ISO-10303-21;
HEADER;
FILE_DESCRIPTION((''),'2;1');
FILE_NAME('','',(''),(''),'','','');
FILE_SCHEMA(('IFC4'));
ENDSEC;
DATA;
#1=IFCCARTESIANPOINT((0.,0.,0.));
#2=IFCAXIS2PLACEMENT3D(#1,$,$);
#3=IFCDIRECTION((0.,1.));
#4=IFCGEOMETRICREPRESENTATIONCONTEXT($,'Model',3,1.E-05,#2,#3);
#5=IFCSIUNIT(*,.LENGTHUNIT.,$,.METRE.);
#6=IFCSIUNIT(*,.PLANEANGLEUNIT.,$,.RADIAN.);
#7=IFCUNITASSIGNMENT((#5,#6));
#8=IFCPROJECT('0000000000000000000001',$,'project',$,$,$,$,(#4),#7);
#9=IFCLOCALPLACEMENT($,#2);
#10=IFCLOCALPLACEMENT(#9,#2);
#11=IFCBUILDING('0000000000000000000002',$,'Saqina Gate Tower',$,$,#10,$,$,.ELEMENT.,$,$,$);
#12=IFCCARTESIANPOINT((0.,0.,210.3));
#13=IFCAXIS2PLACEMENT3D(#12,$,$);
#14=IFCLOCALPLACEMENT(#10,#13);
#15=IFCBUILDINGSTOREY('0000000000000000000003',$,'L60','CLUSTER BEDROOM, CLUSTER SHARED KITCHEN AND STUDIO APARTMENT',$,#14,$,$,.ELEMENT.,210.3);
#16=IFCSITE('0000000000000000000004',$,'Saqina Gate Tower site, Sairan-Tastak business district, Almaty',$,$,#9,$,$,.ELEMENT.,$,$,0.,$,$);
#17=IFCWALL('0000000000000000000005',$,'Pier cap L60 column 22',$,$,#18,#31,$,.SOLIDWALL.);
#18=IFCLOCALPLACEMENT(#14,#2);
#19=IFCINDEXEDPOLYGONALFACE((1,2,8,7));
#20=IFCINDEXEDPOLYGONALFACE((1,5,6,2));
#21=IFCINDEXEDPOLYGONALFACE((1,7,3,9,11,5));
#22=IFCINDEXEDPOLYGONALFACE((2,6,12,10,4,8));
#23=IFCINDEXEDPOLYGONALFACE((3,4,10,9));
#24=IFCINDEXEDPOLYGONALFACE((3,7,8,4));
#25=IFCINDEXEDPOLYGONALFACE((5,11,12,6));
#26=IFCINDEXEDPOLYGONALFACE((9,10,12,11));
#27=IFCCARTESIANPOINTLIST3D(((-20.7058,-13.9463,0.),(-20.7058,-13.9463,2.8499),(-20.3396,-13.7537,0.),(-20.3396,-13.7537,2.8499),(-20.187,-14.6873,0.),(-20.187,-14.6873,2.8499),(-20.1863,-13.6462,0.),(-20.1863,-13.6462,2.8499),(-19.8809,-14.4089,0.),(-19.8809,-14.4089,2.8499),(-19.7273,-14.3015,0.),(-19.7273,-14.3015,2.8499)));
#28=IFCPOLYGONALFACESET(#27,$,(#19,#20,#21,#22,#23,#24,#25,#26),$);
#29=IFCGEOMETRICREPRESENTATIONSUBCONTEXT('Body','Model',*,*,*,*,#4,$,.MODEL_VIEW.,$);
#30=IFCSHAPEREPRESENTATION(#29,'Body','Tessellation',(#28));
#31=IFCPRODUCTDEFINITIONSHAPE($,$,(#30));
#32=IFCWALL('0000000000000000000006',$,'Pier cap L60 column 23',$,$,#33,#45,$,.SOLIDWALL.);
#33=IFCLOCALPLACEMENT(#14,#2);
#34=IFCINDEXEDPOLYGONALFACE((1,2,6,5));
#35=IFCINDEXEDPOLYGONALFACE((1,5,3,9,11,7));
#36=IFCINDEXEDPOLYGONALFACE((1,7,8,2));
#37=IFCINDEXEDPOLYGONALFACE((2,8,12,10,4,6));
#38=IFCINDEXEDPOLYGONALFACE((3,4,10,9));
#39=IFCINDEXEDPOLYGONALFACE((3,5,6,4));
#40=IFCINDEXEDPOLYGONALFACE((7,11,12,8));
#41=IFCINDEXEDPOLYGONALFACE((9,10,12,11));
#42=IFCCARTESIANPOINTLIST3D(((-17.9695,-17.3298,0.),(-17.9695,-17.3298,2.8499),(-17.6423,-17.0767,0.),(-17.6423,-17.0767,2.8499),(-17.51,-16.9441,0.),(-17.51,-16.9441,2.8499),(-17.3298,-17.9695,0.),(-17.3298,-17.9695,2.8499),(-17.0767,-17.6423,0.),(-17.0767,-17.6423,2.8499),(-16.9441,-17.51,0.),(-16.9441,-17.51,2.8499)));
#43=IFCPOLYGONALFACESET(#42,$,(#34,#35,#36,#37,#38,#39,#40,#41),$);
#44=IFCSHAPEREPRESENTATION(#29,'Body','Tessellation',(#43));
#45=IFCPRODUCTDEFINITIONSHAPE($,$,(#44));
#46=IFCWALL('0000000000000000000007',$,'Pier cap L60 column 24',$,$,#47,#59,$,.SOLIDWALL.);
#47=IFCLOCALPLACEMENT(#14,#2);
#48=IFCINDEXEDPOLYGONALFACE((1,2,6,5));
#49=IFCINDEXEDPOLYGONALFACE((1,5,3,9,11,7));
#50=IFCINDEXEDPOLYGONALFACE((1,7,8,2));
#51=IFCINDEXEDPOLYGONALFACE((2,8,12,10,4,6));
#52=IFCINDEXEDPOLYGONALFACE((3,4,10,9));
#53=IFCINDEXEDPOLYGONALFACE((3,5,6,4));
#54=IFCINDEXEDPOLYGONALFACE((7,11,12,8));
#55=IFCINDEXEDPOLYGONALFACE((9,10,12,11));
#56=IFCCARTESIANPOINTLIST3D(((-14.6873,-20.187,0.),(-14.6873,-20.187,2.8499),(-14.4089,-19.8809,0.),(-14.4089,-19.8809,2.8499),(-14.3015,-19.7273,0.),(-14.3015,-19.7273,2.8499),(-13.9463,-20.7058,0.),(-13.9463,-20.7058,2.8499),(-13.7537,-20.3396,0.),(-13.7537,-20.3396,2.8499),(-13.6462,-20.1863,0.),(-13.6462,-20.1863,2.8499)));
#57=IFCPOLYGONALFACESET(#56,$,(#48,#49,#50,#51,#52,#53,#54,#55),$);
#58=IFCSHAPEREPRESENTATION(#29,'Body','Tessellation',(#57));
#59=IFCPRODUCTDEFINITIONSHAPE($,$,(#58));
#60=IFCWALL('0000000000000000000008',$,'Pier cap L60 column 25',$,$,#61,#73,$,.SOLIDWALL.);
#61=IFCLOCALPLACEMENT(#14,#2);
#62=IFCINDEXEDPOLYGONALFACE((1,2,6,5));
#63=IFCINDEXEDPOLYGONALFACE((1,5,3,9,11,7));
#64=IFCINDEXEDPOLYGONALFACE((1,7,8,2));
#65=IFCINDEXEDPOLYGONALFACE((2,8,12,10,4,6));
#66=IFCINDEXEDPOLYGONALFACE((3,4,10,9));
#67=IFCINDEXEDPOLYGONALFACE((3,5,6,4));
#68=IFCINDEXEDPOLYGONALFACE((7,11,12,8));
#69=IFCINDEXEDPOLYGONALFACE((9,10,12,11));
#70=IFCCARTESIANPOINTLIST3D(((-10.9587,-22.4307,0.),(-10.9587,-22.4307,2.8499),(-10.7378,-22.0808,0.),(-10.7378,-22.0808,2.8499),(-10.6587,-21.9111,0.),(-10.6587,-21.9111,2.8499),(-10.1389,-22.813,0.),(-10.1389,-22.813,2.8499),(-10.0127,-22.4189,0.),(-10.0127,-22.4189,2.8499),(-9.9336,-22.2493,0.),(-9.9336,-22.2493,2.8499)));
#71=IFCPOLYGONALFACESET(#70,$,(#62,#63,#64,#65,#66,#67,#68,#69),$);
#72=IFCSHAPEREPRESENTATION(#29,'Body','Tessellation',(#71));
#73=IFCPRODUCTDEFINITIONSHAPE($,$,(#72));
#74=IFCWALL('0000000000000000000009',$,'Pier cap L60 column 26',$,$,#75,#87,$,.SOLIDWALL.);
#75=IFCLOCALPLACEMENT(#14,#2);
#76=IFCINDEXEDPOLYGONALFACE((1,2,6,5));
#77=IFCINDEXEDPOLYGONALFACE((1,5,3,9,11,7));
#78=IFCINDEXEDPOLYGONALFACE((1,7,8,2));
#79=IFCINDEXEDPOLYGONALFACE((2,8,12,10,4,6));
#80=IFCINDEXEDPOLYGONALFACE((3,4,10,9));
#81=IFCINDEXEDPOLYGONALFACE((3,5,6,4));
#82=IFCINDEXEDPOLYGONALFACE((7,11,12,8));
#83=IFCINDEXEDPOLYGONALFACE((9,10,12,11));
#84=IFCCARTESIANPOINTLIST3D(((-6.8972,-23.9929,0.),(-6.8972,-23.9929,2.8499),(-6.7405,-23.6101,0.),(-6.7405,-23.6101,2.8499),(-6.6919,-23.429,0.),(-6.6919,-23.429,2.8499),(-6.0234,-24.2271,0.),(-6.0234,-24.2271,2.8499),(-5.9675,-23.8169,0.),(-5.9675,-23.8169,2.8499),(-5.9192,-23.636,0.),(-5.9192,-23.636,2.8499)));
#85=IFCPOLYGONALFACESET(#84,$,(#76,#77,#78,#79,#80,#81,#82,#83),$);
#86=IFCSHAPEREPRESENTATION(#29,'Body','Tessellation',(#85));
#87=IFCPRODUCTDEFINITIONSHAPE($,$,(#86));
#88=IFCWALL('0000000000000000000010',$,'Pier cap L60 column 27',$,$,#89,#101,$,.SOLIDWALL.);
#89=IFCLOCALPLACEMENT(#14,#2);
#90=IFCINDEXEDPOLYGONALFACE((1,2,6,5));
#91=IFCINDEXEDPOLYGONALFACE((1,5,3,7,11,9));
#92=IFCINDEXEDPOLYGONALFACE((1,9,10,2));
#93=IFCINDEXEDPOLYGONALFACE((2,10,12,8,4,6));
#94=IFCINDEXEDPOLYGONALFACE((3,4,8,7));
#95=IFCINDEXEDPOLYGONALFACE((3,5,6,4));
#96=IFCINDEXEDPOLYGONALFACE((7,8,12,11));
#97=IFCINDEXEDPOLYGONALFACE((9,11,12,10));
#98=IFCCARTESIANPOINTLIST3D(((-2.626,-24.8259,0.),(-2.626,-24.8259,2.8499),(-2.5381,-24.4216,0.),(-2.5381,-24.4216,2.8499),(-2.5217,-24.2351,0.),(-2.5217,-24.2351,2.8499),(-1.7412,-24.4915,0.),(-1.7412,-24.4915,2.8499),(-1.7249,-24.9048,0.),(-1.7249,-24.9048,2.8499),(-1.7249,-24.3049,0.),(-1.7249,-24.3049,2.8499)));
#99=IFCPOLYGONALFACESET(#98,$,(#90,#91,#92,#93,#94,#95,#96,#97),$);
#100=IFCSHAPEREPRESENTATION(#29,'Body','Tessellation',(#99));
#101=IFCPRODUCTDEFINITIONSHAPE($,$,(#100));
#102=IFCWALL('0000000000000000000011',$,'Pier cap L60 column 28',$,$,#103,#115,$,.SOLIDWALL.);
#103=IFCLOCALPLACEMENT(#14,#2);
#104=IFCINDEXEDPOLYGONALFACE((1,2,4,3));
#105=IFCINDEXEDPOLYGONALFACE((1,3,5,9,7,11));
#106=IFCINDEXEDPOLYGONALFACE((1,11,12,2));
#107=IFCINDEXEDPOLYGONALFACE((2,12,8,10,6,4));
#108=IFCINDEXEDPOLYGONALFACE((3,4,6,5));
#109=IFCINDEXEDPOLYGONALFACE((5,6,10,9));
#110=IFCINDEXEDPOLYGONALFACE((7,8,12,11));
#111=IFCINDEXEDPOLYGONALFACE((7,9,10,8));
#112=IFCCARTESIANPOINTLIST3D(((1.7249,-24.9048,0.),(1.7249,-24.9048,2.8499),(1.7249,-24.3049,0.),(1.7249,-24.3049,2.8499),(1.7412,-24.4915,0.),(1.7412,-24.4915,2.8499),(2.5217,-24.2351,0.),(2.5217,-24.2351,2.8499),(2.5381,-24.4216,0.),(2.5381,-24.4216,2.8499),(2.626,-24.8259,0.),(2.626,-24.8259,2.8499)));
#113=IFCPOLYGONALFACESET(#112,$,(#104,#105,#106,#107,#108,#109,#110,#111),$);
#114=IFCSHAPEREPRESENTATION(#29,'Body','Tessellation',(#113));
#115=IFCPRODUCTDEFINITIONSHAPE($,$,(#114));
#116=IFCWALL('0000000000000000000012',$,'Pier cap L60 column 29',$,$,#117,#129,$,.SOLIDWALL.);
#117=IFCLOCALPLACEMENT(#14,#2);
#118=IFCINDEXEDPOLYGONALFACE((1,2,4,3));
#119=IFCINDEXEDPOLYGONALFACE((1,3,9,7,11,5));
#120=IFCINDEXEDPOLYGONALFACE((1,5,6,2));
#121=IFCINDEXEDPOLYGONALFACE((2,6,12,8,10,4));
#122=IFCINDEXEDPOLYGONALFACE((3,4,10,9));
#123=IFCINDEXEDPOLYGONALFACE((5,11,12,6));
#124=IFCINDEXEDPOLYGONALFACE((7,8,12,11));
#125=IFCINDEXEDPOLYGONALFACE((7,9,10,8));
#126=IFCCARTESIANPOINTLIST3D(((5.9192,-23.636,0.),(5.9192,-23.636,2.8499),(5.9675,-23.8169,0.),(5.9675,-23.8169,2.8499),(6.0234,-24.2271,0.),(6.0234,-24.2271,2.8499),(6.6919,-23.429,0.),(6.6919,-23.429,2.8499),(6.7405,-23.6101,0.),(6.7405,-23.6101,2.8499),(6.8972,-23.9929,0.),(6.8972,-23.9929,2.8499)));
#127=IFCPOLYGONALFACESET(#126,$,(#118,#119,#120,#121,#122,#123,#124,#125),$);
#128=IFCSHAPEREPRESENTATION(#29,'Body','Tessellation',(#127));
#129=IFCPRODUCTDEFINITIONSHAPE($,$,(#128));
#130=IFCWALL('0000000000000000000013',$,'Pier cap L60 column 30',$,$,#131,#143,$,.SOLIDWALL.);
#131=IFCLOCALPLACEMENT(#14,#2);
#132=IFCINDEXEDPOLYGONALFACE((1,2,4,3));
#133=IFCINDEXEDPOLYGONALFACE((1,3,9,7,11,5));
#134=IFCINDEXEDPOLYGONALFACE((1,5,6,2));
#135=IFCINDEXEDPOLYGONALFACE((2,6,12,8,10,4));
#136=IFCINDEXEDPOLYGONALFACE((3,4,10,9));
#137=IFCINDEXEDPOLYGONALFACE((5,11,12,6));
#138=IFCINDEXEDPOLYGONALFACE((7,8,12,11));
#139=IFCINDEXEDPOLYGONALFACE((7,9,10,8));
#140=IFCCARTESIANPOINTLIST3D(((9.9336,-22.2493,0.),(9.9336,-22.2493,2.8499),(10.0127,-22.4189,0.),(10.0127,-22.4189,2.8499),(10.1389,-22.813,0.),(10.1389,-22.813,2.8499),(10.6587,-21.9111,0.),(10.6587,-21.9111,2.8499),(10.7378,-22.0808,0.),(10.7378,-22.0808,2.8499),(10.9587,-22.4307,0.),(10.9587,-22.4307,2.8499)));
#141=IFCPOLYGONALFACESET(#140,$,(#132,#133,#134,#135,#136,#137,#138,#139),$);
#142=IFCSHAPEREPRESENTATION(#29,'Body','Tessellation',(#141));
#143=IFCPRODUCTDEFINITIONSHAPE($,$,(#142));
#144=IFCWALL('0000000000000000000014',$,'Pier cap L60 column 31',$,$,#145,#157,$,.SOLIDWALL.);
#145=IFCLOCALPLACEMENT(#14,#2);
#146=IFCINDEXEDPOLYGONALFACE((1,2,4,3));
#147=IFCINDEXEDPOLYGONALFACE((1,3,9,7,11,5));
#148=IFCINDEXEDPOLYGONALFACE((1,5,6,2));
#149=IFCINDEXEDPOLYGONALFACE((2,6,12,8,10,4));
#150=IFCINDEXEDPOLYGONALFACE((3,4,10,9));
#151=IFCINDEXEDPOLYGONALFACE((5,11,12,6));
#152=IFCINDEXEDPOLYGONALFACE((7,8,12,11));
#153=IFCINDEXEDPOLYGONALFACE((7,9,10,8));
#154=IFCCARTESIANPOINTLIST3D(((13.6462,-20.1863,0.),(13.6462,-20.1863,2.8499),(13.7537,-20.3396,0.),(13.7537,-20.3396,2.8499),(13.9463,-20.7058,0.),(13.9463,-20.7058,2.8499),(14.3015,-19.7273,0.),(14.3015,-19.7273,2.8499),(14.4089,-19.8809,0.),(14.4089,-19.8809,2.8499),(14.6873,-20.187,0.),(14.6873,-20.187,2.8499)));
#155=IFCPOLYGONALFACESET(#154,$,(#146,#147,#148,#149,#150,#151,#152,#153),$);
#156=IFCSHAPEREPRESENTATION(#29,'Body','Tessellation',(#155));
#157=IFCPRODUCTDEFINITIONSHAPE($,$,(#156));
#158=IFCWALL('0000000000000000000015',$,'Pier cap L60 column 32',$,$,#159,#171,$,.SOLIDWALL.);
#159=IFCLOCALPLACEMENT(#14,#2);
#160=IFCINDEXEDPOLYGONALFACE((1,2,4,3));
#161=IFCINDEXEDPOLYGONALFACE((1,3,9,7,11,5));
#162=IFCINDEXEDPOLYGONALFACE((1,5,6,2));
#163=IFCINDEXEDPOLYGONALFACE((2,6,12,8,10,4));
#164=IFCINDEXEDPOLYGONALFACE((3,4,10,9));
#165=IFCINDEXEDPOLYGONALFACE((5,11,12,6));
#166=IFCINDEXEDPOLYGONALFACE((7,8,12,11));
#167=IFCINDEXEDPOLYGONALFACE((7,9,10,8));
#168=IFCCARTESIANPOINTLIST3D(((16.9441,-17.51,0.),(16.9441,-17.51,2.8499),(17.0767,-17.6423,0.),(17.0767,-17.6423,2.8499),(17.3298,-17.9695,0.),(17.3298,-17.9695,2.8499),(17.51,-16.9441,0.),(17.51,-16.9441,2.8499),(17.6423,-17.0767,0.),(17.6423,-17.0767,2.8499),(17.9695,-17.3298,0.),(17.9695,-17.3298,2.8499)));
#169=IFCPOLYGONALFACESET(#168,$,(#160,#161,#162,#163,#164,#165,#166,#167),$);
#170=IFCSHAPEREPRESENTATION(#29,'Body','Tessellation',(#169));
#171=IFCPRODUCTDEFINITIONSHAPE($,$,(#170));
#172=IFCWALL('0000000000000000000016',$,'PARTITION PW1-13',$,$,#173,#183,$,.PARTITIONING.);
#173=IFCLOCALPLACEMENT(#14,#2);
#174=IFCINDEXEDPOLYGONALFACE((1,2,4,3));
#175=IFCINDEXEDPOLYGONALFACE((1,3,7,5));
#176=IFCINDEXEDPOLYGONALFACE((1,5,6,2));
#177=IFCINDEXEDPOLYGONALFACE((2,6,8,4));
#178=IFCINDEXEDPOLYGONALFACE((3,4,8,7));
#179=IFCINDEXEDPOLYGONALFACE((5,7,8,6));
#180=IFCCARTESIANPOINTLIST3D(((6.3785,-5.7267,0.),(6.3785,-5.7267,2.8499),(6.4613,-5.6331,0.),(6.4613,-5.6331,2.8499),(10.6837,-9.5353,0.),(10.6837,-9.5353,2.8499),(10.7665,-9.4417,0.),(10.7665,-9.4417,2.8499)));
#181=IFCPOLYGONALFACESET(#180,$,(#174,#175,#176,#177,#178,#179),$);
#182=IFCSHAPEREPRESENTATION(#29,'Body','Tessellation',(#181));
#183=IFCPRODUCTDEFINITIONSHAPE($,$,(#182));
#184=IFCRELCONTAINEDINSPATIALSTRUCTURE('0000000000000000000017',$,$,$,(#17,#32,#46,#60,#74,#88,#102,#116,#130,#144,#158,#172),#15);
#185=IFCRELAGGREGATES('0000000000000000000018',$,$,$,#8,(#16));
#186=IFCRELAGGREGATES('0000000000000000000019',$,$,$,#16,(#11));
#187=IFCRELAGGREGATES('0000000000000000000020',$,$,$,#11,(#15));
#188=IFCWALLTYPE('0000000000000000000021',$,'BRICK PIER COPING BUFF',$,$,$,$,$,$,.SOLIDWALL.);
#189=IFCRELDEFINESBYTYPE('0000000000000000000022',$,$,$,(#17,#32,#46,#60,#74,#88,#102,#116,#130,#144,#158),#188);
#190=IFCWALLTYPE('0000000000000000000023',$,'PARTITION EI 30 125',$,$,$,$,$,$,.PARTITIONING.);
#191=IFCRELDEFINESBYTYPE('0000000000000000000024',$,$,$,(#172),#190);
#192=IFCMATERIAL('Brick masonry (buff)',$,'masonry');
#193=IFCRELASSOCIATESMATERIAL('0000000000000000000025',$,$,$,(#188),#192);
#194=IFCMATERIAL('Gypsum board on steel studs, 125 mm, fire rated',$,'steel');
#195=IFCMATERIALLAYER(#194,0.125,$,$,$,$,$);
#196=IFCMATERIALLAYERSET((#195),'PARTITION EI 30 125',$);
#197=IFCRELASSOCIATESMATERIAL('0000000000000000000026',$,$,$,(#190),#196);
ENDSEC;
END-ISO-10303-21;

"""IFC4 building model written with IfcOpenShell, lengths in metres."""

from ifc_helpers import new_model, si_unit, direction, frame, frame_2d, origin, place, context, subcontext, project, spatial, polyline, rectangle, outline, extrude, material, layer, layer_set, type_object, element, save


model = new_model("IFC4")

# Units and contexts
model_context = context("Model", 3, precision=1e-05, world=origin(), true_north=direction((0.0, 1.0)))
body_context = subcontext(model_context, "Body", "Model", "MODEL_VIEW")
ifc_project = project(units=[si_unit("LENGTHUNIT", "METRE"), si_unit("PLANEANGLEUNIT", "RADIAN")], contexts=[model_context])

# Site, building, storey
site_placement = place(None, origin())
site = spatial("IfcSite", under=ifc_project, at=site_placement, Name="Saqina Gate Tower site, Sairan-Tastak business district, Almaty", CompositionType="ELEMENT", RefElevation=0.0)
building_placement = place(site_placement, origin())
building = spatial("IfcBuilding", under=site, at=building_placement, Name="Saqina Gate Tower", CompositionType="ELEMENT")
storey_placement = place(building_placement, frame((0.0, 0.0, 210.3)))
storey = spatial("IfcBuildingStorey", under=building, at=storey_placement, Name="L60", Description="CLUSTER BEDROOM, CLUSTER SHARED KITCHEN AND STUDIO APARTMENT", CompositionType="ELEMENT", Elevation=210.3)

# Walls
ifc_material_1 = material(Name="Brick masonry (buff)", Category="masonry")
wall_type_1 = type_object("IfcWallType", Name="BRICK PIER COPING BUFF", PredefinedType="SOLIDWALL", material=ifc_material_1)
wall_1_placement = place(storey_placement, origin())
element("IfcWall", 1, at=wall_1_placement, inside=storey, type_object=wall_type_1, Name="Pier cap L60 column 22", PredefinedType="SOLIDWALL", context=body_context, shape_type="SweptSolid", body=[
    extrude(outline(polyline([(-20.7058, -13.9463), (-20.187, -14.6873), (-19.7273, -14.3015), (-19.8809, -14.4089), (-20.3396, -13.7537), (-20.1863, -13.6462), (-20.7058, -13.9463)])), origin(), (0.0, 0.0, 1.0), 2.8499),
])
wall_2_placement = place(storey_placement, origin())
element("IfcWall", 2, at=wall_2_placement, inside=storey, type_object=wall_type_1, Name="Pier cap L60 column 23", PredefinedType="SOLIDWALL", context=body_context, shape_type="SweptSolid", body=[
    extrude(outline(polyline([(-17.3298, -17.9695), (-16.9441, -17.51), (-17.0767, -17.6423), (-17.6423, -17.0767), (-17.51, -16.9441), (-17.9695, -17.3298), (-17.3298, -17.9695)])), origin(), (0.0, 0.0, 1.0), 2.8499),
])
wall_3_placement = place(storey_placement, origin())
element("IfcWall", 3, at=wall_3_placement, inside=storey, type_object=wall_type_1, Name="Pier cap L60 column 24", PredefinedType="SOLIDWALL", context=body_context, shape_type="SweptSolid", body=[
    extrude(outline(polyline([(-14.6873, -20.187), (-13.9463, -20.7058), (-13.6462, -20.1863), (-13.7537, -20.3396), (-14.4089, -19.8809), (-14.3015, -19.7273), (-14.6873, -20.187)])), origin(), (0.0, 0.0, 1.0), 2.8499),
])
wall_4_placement = place(storey_placement, origin())
element("IfcWall", 4, at=wall_4_placement, inside=storey, type_object=wall_type_1, Name="Pier cap L60 column 25", PredefinedType="SOLIDWALL", context=body_context, shape_type="SweptSolid", body=[
    extrude(outline(polyline([(-10.1389, -22.813), (-9.9336, -22.2493), (-10.0127, -22.4189), (-10.7378, -22.0808), (-10.6587, -21.9111), (-10.9587, -22.4307), (-10.1389, -22.813)])), origin(), (0.0, 0.0, 1.0), 2.8499),
])
wall_5_placement = place(storey_placement, origin())
element("IfcWall", 5, at=wall_5_placement, inside=storey, type_object=wall_type_1, Name="Pier cap L60 column 26", PredefinedType="SOLIDWALL", context=body_context, shape_type="SweptSolid", body=[
    extrude(outline(polyline([(-6.0234, -24.2271), (-5.9192, -23.636), (-5.9675, -23.8169), (-6.7405, -23.6101), (-6.6919, -23.429), (-6.8972, -23.9929), (-6.0234, -24.2271)])), origin(), (0.0, 0.0, 1.0), 2.8499),
])
wall_6_placement = place(storey_placement, origin())
element("IfcWall", 6, at=wall_6_placement, inside=storey, type_object=wall_type_1, Name="Pier cap L60 column 27", PredefinedType="SOLIDWALL", context=body_context, shape_type="SweptSolid", body=[
    extrude(outline(polyline([(-2.626, -24.8259), (-1.7249, -24.9048), (-1.7249, -24.3049), (-1.7412, -24.4915), (-2.5381, -24.4216), (-2.5217, -24.2351), (-2.626, -24.8259)])), origin(), (0.0, 0.0, 1.0), 2.8499),
])
wall_7_placement = place(storey_placement, origin())
element("IfcWall", 7, at=wall_7_placement, inside=storey, type_object=wall_type_1, Name="Pier cap L60 column 28", PredefinedType="SOLIDWALL", context=body_context, shape_type="SweptSolid", body=[
    extrude(outline(polyline([(1.7249, -24.9048), (2.626, -24.8259), (2.5217, -24.2351), (2.5381, -24.4216), (1.7412, -24.4915), (1.7249, -24.3049), (1.7249, -24.9048)])), origin(), (0.0, 0.0, 1.0), 2.8499),
])
wall_8_placement = place(storey_placement, origin())
element("IfcWall", 8, at=wall_8_placement, inside=storey, type_object=wall_type_1, Name="Pier cap L60 column 29", PredefinedType="SOLIDWALL", context=body_context, shape_type="SweptSolid", body=[
    extrude(outline(polyline([(6.0234, -24.2271), (6.8972, -23.9929), (6.6919, -23.429), (6.7405, -23.6101), (5.9675, -23.8169), (5.9192, -23.636), (6.0234, -24.2271)])), origin(), (0.0, 0.0, 1.0), 2.8499),
])
wall_9_placement = place(storey_placement, origin())
element("IfcWall", 9, at=wall_9_placement, inside=storey, type_object=wall_type_1, Name="Pier cap L60 column 30", PredefinedType="SOLIDWALL", context=body_context, shape_type="SweptSolid", body=[
    extrude(outline(polyline([(10.9587, -22.4307), (10.6587, -21.9111), (10.7378, -22.0808), (10.0127, -22.4189), (9.9336, -22.2493), (10.1389, -22.813), (10.9587, -22.4307)])), origin(), (0.0, 0.0, 1.0), 2.8499),
])
wall_10_placement = place(storey_placement, origin())
element("IfcWall", 10, at=wall_10_placement, inside=storey, type_object=wall_type_1, Name="Pier cap L60 column 31", PredefinedType="SOLIDWALL", context=body_context, shape_type="SweptSolid", body=[
    extrude(outline(polyline([(13.9463, -20.7058), (14.6873, -20.187), (14.3015, -19.7273), (14.4089, -19.8809), (13.7537, -20.3396), (13.6462, -20.1863), (13.9463, -20.7058)])), origin(), (0.0, 0.0, 1.0), 2.8499),
])
wall_11_placement = place(storey_placement, origin())
element("IfcWall", 11, at=wall_11_placement, inside=storey, type_object=wall_type_1, Name="Pier cap L60 column 32", PredefinedType="SOLIDWALL", context=body_context, shape_type="SweptSolid", body=[
    extrude(outline(polyline([(17.9695, -17.3298), (17.51, -16.9441), (17.6423, -17.0767), (17.0767, -17.6423), (16.9441, -17.51), (17.3298, -17.9695), (17.9695, -17.3298)])), origin(), (0.0, 0.0, 1.0), 2.8499),
])
ifc_material_2 = material(Name="Gypsum board on steel studs, 125 mm, fire rated", Category="steel")
ifc_layer = layer(ifc_material_2, 0.125)
ifc_layer_set = layer_set([ifc_layer], Name="PARTITION EI 30 125")
wall_type_2 = type_object("IfcWallType", Name="PARTITION EI 30 125", PredefinedType="PARTITIONING", material=ifc_layer_set)
wall_12_placement = place(storey_placement, frame((6.4199, -5.6799, 0.0), z_axis=(0.0, 0.0, 1.0), x_axis=(0.748982, -0.66259, 0.0)))
element("IfcWall", 12, at=wall_12_placement, inside=storey, type_object=wall_type_2, Name="PARTITION PW1-13", PredefinedType="PARTITIONING", context=body_context, shape_type="SweptSolid", body=[
    extrude(rectangle(XDim=5.748, YDim=0.125, at=frame_2d((2.874, 0.0))), origin(), (0.0, 0.0, 1.0), 2.8499),
])

save(model, "model.ifc")
